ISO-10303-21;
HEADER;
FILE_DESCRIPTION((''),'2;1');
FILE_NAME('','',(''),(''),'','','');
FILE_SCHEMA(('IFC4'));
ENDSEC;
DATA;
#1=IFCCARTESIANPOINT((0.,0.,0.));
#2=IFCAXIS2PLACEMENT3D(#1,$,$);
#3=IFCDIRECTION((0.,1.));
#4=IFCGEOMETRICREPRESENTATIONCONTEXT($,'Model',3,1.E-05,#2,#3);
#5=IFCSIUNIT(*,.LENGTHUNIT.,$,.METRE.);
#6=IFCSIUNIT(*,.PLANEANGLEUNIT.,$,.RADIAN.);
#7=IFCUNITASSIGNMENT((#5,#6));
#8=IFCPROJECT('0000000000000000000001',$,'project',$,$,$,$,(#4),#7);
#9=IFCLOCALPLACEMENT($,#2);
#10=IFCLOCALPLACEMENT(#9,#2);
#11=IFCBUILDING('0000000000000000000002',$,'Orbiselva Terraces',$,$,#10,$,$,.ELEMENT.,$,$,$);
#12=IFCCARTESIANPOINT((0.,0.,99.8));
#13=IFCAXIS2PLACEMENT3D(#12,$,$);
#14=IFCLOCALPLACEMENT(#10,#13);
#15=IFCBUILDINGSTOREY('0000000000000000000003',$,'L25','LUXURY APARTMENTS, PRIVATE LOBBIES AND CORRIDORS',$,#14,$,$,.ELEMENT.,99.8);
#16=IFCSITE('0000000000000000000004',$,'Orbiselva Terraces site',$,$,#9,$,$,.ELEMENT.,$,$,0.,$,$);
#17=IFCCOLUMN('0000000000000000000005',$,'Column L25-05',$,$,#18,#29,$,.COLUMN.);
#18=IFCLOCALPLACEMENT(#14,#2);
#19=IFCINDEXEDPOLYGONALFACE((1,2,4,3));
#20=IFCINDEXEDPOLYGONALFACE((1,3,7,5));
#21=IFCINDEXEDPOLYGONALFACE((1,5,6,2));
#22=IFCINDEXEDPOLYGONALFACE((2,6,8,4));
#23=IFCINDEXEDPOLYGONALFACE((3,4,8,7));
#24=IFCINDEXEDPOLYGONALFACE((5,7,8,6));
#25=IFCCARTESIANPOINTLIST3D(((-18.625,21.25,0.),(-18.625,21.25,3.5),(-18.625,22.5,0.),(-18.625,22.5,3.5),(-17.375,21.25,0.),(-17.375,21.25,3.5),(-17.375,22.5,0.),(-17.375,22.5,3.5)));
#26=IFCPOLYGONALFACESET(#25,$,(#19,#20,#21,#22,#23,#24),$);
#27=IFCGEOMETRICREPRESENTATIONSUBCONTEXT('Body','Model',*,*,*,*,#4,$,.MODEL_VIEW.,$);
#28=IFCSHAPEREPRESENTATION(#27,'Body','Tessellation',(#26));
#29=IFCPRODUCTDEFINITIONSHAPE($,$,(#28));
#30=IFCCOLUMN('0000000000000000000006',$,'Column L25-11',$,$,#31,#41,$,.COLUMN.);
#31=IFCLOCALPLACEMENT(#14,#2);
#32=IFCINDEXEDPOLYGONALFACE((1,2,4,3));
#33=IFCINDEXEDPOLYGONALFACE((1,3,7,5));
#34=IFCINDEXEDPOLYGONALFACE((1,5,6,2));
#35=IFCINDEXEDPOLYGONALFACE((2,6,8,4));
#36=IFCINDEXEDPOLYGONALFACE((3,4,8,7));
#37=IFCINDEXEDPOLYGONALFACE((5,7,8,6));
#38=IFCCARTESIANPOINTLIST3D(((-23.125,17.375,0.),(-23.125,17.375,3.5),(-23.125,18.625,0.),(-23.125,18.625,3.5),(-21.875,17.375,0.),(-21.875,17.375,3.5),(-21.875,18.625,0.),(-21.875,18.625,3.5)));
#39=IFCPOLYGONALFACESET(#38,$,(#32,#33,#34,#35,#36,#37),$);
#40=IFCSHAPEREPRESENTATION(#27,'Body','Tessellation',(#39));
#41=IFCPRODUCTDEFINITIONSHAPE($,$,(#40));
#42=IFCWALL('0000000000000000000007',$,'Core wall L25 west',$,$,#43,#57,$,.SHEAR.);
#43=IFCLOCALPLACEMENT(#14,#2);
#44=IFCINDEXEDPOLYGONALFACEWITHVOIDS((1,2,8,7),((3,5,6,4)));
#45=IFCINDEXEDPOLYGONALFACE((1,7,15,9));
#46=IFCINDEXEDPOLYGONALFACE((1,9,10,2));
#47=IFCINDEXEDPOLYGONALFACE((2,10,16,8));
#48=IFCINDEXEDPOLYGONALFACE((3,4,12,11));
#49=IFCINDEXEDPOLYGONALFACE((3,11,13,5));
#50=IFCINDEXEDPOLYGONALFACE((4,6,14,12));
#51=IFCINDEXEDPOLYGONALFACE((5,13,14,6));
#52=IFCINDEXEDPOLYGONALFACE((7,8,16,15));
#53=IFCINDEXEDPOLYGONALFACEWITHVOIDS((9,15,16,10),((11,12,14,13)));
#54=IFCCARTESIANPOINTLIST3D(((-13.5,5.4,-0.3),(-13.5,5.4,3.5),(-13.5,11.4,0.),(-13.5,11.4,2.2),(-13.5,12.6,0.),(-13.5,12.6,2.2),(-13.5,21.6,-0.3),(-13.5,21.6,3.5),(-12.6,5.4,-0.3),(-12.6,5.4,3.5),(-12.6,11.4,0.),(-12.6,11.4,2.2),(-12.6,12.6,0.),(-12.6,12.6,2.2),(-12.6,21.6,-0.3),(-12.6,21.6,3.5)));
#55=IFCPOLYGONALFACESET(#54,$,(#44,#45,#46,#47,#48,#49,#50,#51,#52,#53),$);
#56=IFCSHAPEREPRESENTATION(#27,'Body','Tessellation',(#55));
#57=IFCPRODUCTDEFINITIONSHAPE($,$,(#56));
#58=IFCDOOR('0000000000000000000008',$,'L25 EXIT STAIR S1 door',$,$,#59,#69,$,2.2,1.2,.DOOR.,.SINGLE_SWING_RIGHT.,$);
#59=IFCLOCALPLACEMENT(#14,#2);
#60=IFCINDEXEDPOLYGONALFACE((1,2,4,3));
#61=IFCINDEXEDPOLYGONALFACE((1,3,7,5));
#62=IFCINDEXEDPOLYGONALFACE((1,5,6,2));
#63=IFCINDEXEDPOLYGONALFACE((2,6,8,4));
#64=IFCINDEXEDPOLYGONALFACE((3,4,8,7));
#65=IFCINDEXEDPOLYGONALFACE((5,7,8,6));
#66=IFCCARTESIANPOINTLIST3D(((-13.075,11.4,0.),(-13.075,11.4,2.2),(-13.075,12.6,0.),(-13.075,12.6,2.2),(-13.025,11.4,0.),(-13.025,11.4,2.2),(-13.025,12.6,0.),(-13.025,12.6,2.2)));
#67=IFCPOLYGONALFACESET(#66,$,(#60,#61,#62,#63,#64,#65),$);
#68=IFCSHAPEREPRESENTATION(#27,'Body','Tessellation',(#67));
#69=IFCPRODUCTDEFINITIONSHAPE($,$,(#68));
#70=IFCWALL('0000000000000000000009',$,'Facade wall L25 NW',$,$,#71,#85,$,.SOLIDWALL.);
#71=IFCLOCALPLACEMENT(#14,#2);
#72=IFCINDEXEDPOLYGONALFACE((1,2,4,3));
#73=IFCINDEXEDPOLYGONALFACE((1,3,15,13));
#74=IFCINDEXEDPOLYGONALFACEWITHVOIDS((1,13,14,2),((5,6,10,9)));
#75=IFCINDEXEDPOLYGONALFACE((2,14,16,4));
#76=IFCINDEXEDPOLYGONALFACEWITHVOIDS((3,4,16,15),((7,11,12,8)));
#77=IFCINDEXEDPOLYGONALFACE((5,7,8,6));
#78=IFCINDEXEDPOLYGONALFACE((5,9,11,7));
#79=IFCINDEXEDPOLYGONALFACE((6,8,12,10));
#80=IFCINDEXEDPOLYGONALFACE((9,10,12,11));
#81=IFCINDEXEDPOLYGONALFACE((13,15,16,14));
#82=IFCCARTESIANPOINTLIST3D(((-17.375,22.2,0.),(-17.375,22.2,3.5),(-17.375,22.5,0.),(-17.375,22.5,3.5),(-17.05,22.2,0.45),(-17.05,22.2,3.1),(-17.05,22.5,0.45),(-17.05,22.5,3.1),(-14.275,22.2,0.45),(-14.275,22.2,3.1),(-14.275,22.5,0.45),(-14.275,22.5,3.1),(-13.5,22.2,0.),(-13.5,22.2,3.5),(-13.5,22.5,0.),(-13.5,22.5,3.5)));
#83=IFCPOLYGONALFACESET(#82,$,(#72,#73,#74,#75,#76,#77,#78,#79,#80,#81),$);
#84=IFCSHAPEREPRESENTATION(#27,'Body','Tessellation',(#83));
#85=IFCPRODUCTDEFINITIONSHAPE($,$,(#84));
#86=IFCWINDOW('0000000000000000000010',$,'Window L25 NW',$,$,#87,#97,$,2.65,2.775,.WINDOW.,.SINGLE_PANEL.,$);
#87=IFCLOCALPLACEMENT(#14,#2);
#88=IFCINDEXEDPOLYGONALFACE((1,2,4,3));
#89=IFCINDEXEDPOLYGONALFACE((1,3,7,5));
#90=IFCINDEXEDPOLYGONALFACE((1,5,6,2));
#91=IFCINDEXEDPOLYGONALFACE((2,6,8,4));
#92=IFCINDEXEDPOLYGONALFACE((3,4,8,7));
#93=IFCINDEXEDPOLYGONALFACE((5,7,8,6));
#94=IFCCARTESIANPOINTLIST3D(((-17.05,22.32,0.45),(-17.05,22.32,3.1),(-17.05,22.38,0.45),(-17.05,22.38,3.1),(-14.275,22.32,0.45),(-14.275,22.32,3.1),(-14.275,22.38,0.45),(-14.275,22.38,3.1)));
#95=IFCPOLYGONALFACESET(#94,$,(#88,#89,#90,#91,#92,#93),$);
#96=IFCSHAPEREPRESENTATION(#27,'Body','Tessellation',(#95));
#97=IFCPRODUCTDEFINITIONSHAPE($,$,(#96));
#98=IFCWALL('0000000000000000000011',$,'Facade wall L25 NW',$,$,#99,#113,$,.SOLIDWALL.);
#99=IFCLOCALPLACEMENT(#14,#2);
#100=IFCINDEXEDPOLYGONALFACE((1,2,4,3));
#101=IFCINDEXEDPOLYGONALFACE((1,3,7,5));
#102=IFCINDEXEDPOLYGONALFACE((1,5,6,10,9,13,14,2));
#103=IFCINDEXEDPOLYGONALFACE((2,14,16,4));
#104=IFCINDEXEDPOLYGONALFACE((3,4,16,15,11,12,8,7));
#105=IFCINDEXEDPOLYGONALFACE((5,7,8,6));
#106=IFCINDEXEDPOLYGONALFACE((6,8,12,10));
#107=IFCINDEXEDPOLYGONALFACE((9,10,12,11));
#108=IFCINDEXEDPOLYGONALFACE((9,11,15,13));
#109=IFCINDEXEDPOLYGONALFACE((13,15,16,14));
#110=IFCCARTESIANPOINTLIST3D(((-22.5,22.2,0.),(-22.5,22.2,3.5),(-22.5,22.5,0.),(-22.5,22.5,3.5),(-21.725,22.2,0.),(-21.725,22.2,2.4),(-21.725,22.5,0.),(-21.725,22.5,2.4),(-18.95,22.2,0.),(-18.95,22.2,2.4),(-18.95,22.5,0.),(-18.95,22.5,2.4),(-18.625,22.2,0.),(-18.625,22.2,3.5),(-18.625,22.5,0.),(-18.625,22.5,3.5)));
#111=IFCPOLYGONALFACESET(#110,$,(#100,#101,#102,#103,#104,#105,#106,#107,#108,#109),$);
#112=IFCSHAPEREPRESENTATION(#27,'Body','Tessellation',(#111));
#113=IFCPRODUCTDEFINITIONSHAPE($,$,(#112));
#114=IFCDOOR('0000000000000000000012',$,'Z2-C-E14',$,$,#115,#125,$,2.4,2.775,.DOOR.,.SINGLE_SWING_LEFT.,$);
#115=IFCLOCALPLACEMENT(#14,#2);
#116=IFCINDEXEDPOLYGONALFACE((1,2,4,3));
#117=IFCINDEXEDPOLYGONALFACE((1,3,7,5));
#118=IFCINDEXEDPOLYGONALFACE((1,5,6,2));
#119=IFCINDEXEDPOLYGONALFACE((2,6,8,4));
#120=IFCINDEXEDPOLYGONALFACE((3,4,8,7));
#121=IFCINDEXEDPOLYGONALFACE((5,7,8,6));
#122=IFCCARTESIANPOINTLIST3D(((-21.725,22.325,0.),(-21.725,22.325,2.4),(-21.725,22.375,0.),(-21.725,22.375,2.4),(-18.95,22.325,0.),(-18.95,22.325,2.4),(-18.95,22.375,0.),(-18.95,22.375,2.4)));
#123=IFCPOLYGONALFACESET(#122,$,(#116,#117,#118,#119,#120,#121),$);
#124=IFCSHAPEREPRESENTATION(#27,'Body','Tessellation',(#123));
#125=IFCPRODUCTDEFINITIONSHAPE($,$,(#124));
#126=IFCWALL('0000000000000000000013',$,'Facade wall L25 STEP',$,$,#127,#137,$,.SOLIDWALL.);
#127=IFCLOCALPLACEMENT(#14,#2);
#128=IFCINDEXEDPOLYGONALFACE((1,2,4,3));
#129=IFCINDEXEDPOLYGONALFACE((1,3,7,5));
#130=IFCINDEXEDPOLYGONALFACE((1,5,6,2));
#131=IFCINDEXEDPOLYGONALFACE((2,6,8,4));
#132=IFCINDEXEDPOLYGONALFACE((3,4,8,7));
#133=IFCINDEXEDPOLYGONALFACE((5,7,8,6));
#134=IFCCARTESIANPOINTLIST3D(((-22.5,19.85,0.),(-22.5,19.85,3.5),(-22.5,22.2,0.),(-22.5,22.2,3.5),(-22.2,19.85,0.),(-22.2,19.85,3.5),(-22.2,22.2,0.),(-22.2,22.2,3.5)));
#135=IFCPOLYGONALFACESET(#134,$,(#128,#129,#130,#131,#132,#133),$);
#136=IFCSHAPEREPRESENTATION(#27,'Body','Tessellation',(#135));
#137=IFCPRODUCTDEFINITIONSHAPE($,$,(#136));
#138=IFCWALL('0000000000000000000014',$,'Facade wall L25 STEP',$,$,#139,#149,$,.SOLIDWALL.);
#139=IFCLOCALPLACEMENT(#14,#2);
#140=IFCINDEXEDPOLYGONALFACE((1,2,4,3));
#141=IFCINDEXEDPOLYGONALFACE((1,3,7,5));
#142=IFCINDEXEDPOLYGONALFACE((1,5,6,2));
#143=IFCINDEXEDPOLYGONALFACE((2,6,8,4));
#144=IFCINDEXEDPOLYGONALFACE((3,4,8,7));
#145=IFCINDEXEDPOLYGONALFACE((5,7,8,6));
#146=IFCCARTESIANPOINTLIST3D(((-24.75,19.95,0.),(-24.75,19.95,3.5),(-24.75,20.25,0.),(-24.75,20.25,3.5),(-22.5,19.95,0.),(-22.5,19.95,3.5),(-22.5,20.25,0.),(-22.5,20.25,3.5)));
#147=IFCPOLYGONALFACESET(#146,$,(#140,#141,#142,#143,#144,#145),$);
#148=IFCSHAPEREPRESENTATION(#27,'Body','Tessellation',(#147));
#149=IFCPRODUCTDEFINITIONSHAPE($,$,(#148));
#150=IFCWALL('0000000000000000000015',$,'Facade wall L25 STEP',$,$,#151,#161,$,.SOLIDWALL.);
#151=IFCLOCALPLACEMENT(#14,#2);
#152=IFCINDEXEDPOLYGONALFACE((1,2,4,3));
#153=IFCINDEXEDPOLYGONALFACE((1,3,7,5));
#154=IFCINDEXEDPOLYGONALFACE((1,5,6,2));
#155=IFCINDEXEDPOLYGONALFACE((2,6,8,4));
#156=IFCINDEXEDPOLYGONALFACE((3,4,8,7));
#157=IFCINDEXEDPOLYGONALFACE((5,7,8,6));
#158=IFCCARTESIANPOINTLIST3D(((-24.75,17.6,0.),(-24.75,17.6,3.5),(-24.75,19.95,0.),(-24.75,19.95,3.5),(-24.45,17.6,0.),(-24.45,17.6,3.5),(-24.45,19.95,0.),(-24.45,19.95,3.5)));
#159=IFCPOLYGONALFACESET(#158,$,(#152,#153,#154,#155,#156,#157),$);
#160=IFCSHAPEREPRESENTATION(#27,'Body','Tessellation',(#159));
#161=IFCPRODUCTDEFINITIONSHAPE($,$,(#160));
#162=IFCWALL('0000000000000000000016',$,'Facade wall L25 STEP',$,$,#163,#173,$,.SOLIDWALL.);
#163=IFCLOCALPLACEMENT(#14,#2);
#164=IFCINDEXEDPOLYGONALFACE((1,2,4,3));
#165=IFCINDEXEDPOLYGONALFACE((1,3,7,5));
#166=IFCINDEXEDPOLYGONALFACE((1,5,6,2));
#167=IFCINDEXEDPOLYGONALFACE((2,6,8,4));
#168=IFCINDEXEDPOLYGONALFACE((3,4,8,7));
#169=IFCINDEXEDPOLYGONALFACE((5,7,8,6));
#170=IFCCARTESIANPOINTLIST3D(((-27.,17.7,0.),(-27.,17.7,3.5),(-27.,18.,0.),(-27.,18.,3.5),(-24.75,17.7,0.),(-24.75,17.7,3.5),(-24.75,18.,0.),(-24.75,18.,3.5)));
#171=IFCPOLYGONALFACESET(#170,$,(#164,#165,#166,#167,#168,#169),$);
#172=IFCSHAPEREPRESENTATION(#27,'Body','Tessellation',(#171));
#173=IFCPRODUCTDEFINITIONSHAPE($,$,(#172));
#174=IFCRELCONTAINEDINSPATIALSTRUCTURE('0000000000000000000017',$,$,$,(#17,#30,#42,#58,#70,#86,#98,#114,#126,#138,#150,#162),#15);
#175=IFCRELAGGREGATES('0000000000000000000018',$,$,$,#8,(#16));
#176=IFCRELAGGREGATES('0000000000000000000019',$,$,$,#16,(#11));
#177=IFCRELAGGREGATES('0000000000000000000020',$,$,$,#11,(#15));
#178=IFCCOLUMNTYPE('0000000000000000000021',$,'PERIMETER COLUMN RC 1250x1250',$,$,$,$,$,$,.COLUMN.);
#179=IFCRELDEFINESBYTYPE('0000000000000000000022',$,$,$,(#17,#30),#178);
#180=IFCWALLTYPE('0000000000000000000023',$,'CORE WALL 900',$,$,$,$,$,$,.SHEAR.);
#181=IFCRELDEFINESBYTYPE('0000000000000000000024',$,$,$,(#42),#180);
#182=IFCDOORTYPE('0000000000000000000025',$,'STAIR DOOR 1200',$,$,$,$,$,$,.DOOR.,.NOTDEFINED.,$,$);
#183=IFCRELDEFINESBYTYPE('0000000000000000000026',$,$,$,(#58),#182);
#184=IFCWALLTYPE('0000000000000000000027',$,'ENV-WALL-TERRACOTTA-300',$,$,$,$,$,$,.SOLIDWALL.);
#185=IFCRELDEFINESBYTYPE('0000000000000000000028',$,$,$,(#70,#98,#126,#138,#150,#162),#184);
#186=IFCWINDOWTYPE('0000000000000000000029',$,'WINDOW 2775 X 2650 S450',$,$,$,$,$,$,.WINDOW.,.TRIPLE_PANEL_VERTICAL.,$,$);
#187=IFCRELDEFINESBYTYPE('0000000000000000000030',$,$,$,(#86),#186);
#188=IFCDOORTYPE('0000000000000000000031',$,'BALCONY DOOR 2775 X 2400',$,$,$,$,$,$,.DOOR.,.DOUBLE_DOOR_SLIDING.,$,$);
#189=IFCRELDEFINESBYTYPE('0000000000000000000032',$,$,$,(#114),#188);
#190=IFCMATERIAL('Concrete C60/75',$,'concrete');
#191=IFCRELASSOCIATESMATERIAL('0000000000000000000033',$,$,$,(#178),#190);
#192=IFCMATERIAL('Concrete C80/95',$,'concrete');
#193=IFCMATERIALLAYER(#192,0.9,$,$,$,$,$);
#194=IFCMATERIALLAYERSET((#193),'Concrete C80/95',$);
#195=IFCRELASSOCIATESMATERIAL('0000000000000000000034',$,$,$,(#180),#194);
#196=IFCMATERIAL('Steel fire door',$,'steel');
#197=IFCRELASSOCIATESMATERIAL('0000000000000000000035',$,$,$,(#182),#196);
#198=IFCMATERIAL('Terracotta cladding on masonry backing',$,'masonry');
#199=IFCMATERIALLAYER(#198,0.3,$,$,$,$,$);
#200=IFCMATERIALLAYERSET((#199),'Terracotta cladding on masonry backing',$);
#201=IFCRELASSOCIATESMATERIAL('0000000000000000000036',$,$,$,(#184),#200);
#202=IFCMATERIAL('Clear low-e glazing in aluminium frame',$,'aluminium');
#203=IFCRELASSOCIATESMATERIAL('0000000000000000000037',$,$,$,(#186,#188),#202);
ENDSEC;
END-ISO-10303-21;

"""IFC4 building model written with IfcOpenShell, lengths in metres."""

from ifc_helpers import new_model, si_unit, direction, frame, frame_2d, origin, origin_2d, place, context, subcontext, project, spatial, rectangle, extrude, material, layer, layer_set, material_profile, profile_set, type_object, element, fill, save


model = new_model("IFC4")

# Units and contexts
model_context = context("Model", 3, precision=1e-05, world=origin(), true_north=direction((0.0, 1.0)))
body_context = subcontext(model_context, "Body", "Model", "MODEL_VIEW")
ifc_project = project(units=[si_unit("LENGTHUNIT", "METRE"), si_unit("PLANEANGLEUNIT", "RADIAN")], contexts=[model_context])

# Site, building, storey
site_placement = place(None, origin())
site = spatial("IfcSite", under=ifc_project, at=site_placement, Name="Orbiselva Terraces site", CompositionType="ELEMENT", RefElevation=0.0)
building_placement = place(site_placement, origin())
building = spatial("IfcBuilding", under=site, at=building_placement, Name="Orbiselva Terraces", CompositionType="ELEMENT")
storey_placement = place(building_placement, frame((0.0, 0.0, 99.8)))
storey = spatial("IfcBuildingStorey", under=building, at=storey_placement, Name="L25", Description="LUXURY APARTMENTS, PRIVATE LOBBIES AND CORRIDORS", CompositionType="ELEMENT", Elevation=99.8)

# Columns
ifc_material_1 = material(Name="Concrete C60/75", Category="concrete")
ifc_material_profile = material_profile(ifc_material_1, rectangle(XDim=1.25, YDim=1.25, at=origin_2d()), Name="RC 1250x1250")
ifc_profile_set = profile_set([ifc_material_profile], Name="Concrete C60/75")
column_type = type_object("IfcColumnType", Name="PERIMETER COLUMN RC 1250x1250", PredefinedType="COLUMN", material=ifc_profile_set)
for number, where, z_axis, x_axis, name in (
    (1, (-18.0, 21.875, 0.0), (0.0, 0.0, 1.0), (1.0, 0.0, 0.0), "Column L25-05"),
    (2, (-22.5, 18.0, 0.0), (0.0, 0.0, 1.0), (1.0, 0.0, 0.0), "Column L25-11"),
):
    element("IfcColumn", number, at=place(storey_placement, frame(where, z_axis=z_axis, x_axis=x_axis)), inside=storey, type_object=column_type, Name=name, PredefinedType="COLUMN", context=body_context, shape_type="SweptSolid", body=[
        extrude(rectangle(XDim=1.25, YDim=1.25, at=origin_2d()), origin(), (0.0, 0.0, 1.0), 3.5),
    ])

# Wall, opening, door
ifc_material_2 = material(Name="Concrete C80/95", Category="concrete")
ifc_layer_1 = layer(ifc_material_2, 0.9)
ifc_layer_set_1 = layer_set([ifc_layer_1], Name="Concrete C80/95")
wall_type_1 = type_object("IfcWallType", Name="CORE WALL 900", PredefinedType="SHEAR", material=ifc_layer_set_1)
wall_1_placement = place(storey_placement, frame((-13.05, 21.6, -0.3), z_axis=(0.0, 0.0, 1.0), x_axis=(0.0, -1.0, 0.0)))
wall_1 = element("IfcWall", 3, at=wall_1_placement, inside=storey, type_object=wall_type_1, Name="Core wall L25 west", PredefinedType="SHEAR", context=body_context, shape_type="SweptSolid", body=[
    extrude(rectangle(XDim=16.2, YDim=0.9, at=frame_2d((8.1, 0.0))), origin(), (0.0, 0.0, 1.0), 3.8),
])
opening_1_placement = place(wall_1_placement, frame((9.0, 0.0, 0.3)))
opening_1 = element("IfcOpeningElement", 4, at=opening_1_placement, cuts=wall_1, PredefinedType="OPENING", context=body_context, shape_type="SweptSolid", body=[
    extrude(rectangle(XDim=1.2, YDim=2.2, at=frame_2d((0.6, 1.1))), frame((0.0, 0.46, 0.0), z_axis=(0.0, -1.0, 0.0), x_axis=(1.0, 0.0, 0.0)), (0.0, 0.0, 1.0), 0.92),
])
ifc_material_3 = material(Name="Steel fire door", Category="steel")
door_type_1 = type_object("IfcDoorType", Name="STAIR DOOR 1200", OperationType="NOTDEFINED", PredefinedType="DOOR", material=ifc_material_3)
door_1_placement = place(opening_1_placement, frame((1.2, 0.0, 0.0), z_axis=(0.0, 0.0, 1.0), x_axis=(-1.0, 0.0, 0.0)))
door_1 = element("IfcDoor", 5, at=door_1_placement, inside=storey, type_object=door_type_1, Name="L25 EXIT STAIR S1 door", OperationType="SINGLE_SWING_RIGHT", OverallHeight=2.2, OverallWidth=1.2, PredefinedType="DOOR", context=body_context, shape_type="SweptSolid", body=[
    extrude(rectangle(XDim=1.2, YDim=2.2, at=frame_2d((0.6, 1.1))), frame((0.0, 0.025, 0.0), z_axis=(0.0, -1.0, 0.0), x_axis=(1.0, 0.0, 0.0)), (0.0, 0.0, 1.0), 0.05),
])
fill(opening_1, door_1)

# Wall, opening, window
ifc_material_4 = material(Name="Terracotta cladding on masonry backing", Category="masonry")
ifc_layer_2 = layer(ifc_material_4, 0.3)
ifc_layer_set_2 = layer_set([ifc_layer_2], Name="Terracotta cladding on masonry backing")
wall_type_2 = type_object("IfcWallType", Name="ENV-WALL-TERRACOTTA-300", PredefinedType="SOLIDWALL", material=ifc_layer_set_2)
wall_2_placement = place(storey_placement, frame((-17.375, 22.35, 0.0), z_axis=(0.0, 0.0, 1.0), x_axis=(1.0, 0.0, 0.0)))
wall_2 = element("IfcWall", 6, at=wall_2_placement, inside=storey, type_object=wall_type_2, Name="Facade wall L25 NW", PredefinedType="SOLIDWALL", context=body_context, shape_type="SweptSolid", body=[
    extrude(rectangle(XDim=3.875, YDim=0.3, at=frame_2d((1.9375, 0.0))), origin(), (0.0, 0.0, 1.0), 3.5),
])
opening_2_placement = place(wall_2_placement, frame((0.325, 0.0, 0.45)))
opening_2 = element("IfcOpeningElement", 7, at=opening_2_placement, cuts=wall_2, PredefinedType="OPENING", context=body_context, shape_type="SweptSolid", body=[
    extrude(rectangle(XDim=2.775, YDim=2.65, at=frame_2d((1.3875, 1.325))), frame((0.0, 0.16, 0.0), z_axis=(0.0, -1.0, 0.0), x_axis=(1.0, 0.0, 0.0)), (0.0, 0.0, 1.0), 0.32),
])
ifc_material_5 = material(Name="Clear low-e glazing in aluminium frame", Category="aluminium")
window_type = type_object("IfcWindowType", Name="WINDOW 2775 X 2650 S450", PartitioningType="TRIPLE_PANEL_VERTICAL", PredefinedType="WINDOW", material=ifc_material_5)
window_placement = place(opening_2_placement, origin())
window = element("IfcWindow", 8, at=window_placement, inside=storey, type_object=window_type, Name="Window L25 NW", OverallHeight=2.65, OverallWidth=2.775, PartitioningType="SINGLE_PANEL", PredefinedType="WINDOW", context=body_context, shape_type="SweptSolid", body=[
    extrude(rectangle(XDim=2.775, YDim=2.65, at=frame_2d((1.3875, 1.325))), frame((0.0, 0.03, 0.0), z_axis=(0.0, -1.0, 0.0), x_axis=(1.0, 0.0, 0.0)), (0.0, 0.0, 1.0), 0.06),
])
fill(opening_2, window)

# Wall, opening, door
wall_3_placement = place(storey_placement, frame((-22.5, 22.35, 0.0), z_axis=(0.0, 0.0, 1.0), x_axis=(1.0, 0.0, 0.0)))
wall_3 = element("IfcWall", 9, at=wall_3_placement, inside=storey, type_object=wall_type_2, Name="Facade wall L25 NW", PredefinedType="SOLIDWALL", context=body_context, shape_type="SweptSolid", body=[
    extrude(rectangle(XDim=3.875, YDim=0.3, at=frame_2d((1.9375, 0.0))), origin(), (0.0, 0.0, 1.0), 3.5),
])
opening_3_placement = place(wall_3_placement, frame((0.775, 0.0, 0.0)))
opening_3 = element("IfcOpeningElement", 10, at=opening_3_placement, cuts=wall_3, PredefinedType="OPENING", context=body_context, shape_type="SweptSolid", body=[
    extrude(rectangle(XDim=2.775, YDim=2.4, at=frame_2d((1.3875, 1.2))), frame((0.0, 0.16, 0.0), z_axis=(0.0, -1.0, 0.0), x_axis=(1.0, 0.0, 0.0)), (0.0, 0.0, 1.0), 0.32),
])
door_type_2 = type_object("IfcDoorType", Name="BALCONY DOOR 2775 X 2400", OperationType="DOUBLE_DOOR_SLIDING", PredefinedType="DOOR", material=ifc_material_5)
door_2_placement = place(opening_3_placement, origin())
door_2 = element("IfcDoor", 11, at=door_2_placement, inside=storey, type_object=door_type_2, Name="Z2-C-E14", OperationType="SINGLE_SWING_LEFT", OverallHeight=2.4, OverallWidth=2.775, PredefinedType="DOOR", context=body_context, shape_type="SweptSolid", body=[
    extrude(rectangle(XDim=2.775, YDim=2.4, at=frame_2d((1.3875, 1.2))), frame((0.0, 0.025, 0.0), z_axis=(0.0, -1.0, 0.0), x_axis=(1.0, 0.0, 0.0)), (0.0, 0.0, 1.0), 0.05),
])
fill(opening_3, door_2)

# Walls
wall_4_placement = place(storey_placement, frame((-22.35, 19.85, 0.0), z_axis=(0.0, 0.0, 1.0), x_axis=(0.0, 1.0, 0.0)))
element("IfcWall", 12, at=wall_4_placement, inside=storey, type_object=wall_type_2, Name="Facade wall L25 STEP", PredefinedType="SOLIDWALL", context=body_context, shape_type="SweptSolid", body=[
    extrude(rectangle(XDim=2.35, YDim=0.3, at=frame_2d((1.175, 0.0))), origin(), (0.0, 0.0, 1.0), 3.5),
])
wall_5_placement = place(storey_placement, frame((-24.75, 20.1, 0.0), z_axis=(0.0, 0.0, 1.0), x_axis=(1.0, 0.0, 0.0)))
element("IfcWall", 13, at=wall_5_placement, inside=storey, type_object=wall_type_2, Name="Facade wall L25 STEP", PredefinedType="SOLIDWALL", context=body_context, shape_type="SweptSolid", body=[
    extrude(rectangle(XDim=2.25, YDim=0.3, at=frame_2d((1.125, 0.0))), origin(), (0.0, 0.0, 1.0), 3.5),
])
wall_6_placement = place(storey_placement, frame((-24.6, 17.6, 0.0), z_axis=(0.0, 0.0, 1.0), x_axis=(0.0, 1.0, 0.0)))
element("IfcWall", 14, at=wall_6_placement, inside=storey, type_object=wall_type_2, Name="Facade wall L25 STEP", PredefinedType="SOLIDWALL", context=body_context, shape_type="SweptSolid", body=[
    extrude(rectangle(XDim=2.35, YDim=0.3, at=frame_2d((1.175, 0.0))), origin(), (0.0, 0.0, 1.0), 3.5),
])
wall_7_placement = place(storey_placement, frame((-27.0, 17.85, 0.0), z_axis=(0.0, 0.0, 1.0), x_axis=(1.0, 0.0, 0.0)))
element("IfcWall", 15, at=wall_7_placement, inside=storey, type_object=wall_type_2, Name="Facade wall L25 STEP", PredefinedType="SOLIDWALL", context=body_context, shape_type="SweptSolid", body=[
    extrude(rectangle(XDim=2.25, YDim=0.3, at=frame_2d((1.125, 0.0))), origin(), (0.0, 0.0, 1.0), 3.5),
])

save(model, "model.ifc")
